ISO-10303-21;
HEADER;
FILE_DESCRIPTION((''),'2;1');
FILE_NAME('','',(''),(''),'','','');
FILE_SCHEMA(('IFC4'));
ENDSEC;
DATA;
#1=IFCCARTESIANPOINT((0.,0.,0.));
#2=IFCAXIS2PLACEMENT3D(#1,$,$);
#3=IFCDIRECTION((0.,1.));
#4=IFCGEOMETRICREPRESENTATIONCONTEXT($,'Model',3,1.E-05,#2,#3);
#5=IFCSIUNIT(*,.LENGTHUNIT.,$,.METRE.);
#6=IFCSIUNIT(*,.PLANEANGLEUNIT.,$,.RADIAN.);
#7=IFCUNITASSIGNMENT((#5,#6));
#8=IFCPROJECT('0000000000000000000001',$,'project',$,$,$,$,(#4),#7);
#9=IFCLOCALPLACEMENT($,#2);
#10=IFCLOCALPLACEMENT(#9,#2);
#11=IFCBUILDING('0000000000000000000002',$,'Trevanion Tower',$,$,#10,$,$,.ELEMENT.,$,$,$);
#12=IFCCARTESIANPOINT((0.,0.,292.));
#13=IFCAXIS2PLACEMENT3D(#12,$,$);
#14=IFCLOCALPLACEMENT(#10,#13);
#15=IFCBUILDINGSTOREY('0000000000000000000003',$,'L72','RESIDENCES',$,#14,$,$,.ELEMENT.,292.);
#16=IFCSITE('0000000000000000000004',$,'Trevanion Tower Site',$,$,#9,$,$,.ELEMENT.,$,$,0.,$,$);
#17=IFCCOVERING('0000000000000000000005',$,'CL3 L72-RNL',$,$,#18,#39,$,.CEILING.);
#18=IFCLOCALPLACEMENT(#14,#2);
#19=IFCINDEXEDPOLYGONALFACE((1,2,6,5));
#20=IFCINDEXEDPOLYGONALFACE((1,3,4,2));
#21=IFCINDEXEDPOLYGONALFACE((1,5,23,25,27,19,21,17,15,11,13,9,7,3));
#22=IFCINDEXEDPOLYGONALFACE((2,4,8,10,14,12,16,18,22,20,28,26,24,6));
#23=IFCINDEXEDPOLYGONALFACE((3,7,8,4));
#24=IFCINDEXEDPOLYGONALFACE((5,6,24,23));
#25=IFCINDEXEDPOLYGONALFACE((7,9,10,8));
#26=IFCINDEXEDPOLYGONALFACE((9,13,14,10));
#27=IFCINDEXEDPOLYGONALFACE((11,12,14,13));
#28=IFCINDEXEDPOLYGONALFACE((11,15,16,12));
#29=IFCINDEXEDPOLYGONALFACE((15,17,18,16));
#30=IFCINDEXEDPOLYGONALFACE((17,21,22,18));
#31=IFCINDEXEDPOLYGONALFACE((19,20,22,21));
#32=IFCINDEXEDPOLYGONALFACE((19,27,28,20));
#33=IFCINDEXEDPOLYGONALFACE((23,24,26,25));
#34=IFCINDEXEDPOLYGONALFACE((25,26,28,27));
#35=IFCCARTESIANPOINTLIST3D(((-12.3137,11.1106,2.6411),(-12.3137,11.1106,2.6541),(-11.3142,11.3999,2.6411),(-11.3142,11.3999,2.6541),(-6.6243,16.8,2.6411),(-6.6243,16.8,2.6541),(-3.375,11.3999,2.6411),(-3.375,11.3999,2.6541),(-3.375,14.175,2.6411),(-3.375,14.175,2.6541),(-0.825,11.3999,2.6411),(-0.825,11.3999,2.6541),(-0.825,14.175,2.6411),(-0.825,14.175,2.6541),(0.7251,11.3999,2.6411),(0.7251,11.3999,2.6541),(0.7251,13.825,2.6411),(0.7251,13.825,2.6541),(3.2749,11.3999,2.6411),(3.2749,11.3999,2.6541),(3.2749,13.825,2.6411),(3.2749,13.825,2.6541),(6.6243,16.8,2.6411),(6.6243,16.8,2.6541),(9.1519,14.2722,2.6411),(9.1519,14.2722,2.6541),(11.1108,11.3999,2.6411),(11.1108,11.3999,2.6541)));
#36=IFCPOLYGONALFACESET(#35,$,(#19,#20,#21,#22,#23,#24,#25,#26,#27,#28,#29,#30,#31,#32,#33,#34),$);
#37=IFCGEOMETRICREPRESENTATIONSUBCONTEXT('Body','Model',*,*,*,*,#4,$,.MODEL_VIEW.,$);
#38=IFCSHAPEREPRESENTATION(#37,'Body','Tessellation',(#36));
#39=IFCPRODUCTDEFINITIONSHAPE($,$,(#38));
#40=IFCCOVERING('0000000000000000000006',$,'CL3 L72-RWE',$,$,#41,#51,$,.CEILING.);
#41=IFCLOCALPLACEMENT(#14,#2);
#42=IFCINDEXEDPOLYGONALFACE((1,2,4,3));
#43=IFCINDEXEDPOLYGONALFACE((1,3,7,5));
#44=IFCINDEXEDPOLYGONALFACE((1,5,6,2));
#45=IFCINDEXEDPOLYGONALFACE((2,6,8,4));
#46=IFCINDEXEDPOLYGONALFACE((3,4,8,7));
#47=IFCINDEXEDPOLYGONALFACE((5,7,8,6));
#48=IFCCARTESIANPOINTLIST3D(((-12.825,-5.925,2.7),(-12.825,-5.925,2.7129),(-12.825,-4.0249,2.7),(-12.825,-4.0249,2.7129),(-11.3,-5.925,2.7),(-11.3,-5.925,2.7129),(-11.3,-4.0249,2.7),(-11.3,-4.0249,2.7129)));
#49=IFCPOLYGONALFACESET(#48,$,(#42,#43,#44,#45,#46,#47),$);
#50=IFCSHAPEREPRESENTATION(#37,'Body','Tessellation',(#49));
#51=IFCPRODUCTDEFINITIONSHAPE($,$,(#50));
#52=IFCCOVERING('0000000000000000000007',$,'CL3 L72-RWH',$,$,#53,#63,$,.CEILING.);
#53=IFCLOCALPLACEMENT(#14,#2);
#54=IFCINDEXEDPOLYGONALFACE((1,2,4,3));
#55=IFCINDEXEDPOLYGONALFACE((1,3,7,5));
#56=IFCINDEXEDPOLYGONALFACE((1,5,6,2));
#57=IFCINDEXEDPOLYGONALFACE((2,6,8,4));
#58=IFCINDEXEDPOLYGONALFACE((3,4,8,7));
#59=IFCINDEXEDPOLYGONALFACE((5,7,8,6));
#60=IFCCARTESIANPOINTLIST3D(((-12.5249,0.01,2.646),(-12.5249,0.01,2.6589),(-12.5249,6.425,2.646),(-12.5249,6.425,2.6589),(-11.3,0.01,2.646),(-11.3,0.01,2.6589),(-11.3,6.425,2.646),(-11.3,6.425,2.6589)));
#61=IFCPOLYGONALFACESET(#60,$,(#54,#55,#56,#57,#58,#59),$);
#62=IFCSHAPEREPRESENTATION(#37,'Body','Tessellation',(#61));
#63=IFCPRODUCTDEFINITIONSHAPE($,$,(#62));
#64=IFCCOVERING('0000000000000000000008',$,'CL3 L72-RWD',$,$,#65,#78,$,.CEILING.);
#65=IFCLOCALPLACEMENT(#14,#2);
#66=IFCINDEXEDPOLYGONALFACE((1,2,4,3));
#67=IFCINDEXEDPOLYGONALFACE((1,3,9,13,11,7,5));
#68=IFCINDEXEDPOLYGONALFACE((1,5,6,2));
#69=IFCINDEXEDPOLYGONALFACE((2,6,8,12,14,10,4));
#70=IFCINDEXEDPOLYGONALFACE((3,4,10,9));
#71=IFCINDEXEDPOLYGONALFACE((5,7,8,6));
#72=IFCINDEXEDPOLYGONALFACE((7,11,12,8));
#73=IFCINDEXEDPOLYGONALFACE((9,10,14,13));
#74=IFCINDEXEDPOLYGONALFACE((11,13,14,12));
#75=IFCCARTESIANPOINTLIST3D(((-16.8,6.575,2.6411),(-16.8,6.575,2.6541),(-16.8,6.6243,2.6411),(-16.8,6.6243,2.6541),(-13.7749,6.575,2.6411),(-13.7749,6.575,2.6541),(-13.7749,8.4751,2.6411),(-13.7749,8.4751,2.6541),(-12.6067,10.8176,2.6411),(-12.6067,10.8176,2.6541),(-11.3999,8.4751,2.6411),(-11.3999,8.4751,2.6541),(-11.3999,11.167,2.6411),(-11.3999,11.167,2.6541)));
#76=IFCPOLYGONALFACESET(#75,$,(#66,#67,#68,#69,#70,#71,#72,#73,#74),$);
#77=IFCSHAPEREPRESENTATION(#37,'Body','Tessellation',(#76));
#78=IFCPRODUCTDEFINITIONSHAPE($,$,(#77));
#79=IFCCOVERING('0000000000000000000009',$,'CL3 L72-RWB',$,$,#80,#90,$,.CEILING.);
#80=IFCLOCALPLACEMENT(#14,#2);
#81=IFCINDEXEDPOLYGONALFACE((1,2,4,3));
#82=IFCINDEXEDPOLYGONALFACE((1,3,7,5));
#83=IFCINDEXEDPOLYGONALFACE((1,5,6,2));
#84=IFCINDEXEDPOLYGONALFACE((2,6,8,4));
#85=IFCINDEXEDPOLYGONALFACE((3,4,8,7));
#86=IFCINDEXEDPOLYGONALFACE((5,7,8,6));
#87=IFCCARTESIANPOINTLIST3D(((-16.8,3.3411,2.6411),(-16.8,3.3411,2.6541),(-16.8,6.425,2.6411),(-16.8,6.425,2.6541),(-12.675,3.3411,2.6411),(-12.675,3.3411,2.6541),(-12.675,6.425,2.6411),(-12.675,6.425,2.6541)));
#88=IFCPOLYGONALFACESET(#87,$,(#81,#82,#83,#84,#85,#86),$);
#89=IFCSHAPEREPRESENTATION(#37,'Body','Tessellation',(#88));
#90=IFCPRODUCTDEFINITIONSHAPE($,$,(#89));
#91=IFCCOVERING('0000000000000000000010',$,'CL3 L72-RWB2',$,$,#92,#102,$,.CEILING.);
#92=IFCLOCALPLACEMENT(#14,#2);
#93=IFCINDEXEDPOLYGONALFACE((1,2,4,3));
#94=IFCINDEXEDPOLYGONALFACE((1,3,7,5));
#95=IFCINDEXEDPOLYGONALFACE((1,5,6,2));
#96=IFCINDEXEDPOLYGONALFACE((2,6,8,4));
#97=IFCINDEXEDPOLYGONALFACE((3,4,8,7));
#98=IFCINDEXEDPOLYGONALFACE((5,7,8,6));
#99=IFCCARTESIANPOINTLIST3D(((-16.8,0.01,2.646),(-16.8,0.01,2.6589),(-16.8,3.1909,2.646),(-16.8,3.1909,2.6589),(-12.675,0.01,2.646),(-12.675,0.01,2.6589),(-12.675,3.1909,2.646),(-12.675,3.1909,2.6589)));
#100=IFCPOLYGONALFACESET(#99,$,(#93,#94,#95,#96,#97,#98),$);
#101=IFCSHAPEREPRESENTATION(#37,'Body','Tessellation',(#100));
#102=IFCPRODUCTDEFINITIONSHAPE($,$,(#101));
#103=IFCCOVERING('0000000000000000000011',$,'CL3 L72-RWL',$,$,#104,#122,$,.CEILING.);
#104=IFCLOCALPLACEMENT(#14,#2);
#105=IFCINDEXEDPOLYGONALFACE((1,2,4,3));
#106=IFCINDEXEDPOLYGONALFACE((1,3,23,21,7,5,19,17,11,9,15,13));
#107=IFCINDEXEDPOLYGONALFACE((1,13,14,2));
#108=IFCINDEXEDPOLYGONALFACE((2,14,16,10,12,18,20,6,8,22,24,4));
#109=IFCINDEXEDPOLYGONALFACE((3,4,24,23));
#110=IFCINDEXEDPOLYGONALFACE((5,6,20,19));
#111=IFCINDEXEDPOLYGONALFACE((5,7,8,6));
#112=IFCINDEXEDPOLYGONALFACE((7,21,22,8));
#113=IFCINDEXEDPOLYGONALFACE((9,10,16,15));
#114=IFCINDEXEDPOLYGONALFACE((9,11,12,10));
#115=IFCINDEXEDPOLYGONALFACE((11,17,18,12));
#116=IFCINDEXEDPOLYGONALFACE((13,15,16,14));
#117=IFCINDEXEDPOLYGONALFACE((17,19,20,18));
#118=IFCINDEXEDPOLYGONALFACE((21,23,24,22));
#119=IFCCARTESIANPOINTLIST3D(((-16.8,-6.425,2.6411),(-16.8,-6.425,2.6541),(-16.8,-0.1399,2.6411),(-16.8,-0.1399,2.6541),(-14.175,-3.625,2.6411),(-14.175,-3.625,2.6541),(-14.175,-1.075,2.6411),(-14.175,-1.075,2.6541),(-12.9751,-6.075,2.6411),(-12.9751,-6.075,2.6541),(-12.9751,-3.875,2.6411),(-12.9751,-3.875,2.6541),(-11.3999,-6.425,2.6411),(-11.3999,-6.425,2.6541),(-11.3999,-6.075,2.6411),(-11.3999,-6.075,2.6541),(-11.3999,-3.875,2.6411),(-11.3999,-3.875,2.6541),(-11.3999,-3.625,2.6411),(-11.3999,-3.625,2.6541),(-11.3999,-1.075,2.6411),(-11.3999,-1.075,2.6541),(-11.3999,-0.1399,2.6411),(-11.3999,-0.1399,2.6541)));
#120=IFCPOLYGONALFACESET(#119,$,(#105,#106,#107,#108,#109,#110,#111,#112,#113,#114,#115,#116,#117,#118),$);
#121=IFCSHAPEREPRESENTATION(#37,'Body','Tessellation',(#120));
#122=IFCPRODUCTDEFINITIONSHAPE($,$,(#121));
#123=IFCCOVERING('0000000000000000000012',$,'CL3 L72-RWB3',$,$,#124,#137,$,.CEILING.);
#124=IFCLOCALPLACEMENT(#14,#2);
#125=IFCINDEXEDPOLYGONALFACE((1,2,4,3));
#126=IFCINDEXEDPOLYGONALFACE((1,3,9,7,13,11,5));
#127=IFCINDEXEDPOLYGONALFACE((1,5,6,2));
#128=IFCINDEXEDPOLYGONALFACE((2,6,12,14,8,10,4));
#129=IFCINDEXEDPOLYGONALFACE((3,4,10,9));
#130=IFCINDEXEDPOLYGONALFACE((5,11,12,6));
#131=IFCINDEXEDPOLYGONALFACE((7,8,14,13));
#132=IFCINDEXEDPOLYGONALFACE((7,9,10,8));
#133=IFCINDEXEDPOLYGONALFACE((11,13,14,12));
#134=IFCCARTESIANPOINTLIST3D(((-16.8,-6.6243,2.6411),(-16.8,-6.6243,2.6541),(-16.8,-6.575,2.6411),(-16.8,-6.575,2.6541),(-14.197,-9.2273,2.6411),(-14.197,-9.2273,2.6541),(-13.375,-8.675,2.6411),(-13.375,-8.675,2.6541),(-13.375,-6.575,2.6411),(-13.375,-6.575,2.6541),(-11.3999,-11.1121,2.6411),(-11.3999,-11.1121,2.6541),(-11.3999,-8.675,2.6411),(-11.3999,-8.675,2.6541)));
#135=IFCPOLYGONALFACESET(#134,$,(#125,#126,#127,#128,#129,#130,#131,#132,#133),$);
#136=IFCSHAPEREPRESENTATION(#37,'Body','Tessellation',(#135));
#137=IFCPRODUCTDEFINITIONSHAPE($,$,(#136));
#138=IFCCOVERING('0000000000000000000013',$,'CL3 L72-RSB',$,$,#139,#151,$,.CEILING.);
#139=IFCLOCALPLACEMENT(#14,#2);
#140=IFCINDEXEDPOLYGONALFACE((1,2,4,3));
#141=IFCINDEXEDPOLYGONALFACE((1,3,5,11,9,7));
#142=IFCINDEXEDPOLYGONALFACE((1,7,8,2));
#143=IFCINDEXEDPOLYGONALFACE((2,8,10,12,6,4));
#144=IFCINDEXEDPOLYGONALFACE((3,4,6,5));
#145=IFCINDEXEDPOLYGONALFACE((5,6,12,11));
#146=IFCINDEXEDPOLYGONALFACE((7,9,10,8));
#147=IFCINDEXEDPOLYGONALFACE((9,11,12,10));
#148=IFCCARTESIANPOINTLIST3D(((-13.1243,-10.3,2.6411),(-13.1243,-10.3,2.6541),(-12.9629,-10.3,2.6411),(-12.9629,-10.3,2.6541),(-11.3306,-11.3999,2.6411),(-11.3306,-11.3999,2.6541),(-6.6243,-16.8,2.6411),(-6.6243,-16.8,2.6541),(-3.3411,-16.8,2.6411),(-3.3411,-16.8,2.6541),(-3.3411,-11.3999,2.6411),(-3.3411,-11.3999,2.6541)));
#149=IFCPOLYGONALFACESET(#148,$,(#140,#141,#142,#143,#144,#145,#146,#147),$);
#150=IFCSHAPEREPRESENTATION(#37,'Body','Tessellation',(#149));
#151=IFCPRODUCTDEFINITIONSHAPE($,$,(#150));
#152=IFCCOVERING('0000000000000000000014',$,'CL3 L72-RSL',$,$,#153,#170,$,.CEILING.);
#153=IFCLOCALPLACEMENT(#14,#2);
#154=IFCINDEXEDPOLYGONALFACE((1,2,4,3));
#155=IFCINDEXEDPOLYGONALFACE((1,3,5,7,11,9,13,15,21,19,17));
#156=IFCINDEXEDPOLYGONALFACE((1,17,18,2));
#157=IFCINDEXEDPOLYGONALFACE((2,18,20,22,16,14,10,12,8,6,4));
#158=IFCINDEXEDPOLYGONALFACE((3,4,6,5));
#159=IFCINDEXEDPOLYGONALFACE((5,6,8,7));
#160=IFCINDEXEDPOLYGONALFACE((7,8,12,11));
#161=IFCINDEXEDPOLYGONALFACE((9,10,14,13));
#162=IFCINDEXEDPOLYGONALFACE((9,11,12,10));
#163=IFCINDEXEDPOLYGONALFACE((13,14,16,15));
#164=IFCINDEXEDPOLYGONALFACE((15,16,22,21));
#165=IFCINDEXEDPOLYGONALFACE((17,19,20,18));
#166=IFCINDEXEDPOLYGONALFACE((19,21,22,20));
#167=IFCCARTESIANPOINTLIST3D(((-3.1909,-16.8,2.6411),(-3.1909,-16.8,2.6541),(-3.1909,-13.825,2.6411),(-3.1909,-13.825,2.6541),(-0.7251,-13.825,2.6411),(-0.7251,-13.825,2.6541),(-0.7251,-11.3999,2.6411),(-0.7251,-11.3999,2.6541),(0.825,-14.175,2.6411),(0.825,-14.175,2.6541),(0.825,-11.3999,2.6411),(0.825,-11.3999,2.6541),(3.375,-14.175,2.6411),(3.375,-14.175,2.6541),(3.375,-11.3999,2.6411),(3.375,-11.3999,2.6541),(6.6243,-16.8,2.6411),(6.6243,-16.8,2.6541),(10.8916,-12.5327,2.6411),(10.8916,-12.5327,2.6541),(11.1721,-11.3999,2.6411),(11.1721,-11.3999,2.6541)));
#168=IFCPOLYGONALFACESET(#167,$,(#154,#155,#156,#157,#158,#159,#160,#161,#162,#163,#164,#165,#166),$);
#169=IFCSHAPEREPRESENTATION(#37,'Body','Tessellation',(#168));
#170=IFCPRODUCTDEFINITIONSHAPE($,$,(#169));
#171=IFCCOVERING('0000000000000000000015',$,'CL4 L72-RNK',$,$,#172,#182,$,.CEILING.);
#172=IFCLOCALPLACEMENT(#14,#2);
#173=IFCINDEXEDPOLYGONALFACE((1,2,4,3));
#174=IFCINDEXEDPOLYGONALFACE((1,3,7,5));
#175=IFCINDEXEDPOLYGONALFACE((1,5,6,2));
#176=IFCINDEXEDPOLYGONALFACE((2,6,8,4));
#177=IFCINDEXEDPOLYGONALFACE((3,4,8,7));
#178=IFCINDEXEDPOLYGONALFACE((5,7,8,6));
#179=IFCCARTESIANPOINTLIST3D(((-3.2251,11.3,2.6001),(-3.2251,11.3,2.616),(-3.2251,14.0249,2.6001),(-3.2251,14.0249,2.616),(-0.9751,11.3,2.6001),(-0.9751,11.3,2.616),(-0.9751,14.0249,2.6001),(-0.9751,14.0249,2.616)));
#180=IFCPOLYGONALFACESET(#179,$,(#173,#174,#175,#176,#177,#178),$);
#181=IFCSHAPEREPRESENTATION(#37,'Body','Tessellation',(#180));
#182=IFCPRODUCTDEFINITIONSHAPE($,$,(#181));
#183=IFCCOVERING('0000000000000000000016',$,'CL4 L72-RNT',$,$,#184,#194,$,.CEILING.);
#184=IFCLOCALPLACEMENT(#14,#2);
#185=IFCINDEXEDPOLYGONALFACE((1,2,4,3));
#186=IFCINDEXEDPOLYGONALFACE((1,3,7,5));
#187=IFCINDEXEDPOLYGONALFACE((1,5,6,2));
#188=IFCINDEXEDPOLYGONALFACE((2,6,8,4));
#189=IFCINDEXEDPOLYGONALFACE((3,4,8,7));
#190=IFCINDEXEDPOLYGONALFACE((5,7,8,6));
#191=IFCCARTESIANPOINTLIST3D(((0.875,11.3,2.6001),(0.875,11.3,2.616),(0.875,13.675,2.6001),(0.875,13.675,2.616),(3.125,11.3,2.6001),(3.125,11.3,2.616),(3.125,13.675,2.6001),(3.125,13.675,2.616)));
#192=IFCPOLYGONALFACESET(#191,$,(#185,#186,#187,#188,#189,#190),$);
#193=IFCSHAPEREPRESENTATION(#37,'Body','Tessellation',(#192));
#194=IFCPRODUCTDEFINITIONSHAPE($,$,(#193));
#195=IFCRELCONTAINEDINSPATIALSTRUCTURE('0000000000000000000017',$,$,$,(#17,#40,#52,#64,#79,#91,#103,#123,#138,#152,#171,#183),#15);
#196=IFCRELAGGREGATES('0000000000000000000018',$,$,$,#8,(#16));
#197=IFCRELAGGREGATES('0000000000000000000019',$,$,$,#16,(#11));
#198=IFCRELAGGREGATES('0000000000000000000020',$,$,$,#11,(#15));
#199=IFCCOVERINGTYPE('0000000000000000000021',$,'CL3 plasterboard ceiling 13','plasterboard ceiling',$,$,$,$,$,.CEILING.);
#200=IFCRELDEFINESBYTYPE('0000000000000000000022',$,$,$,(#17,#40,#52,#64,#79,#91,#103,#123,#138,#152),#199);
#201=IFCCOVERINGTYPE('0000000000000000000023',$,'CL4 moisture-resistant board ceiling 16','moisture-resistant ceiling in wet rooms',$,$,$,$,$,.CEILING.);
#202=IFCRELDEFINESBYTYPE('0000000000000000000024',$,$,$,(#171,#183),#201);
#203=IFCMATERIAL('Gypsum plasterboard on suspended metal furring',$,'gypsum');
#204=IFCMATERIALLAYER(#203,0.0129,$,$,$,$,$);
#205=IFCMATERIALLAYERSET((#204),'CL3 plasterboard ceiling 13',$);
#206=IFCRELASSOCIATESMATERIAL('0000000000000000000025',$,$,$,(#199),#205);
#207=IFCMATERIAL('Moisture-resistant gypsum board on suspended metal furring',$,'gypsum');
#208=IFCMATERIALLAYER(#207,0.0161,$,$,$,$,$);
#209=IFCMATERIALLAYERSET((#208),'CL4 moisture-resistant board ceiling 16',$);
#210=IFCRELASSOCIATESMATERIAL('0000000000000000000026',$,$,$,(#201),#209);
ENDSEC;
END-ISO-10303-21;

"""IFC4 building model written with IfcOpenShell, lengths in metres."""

from ifc_helpers import new_model, si_unit, direction, frame, origin, place, context, subcontext, project, spatial, polyline, outline, extrude, material, layer, layer_set, type_object, element, save


model = new_model("IFC4")

# Units and contexts
model_context = context("Model", 3, precision=1e-05, world=origin(), true_north=direction((0.0, 1.0)))
body_context = subcontext(model_context, "Body", "Model", "MODEL_VIEW")
ifc_project = project(units=[si_unit("LENGTHUNIT", "METRE"), si_unit("PLANEANGLEUNIT", "RADIAN")], contexts=[model_context])

# Site, building, storey
site_placement = place(None, origin())
site = spatial("IfcSite", under=ifc_project, at=site_placement, Name="Trevanion Tower Site", CompositionType="ELEMENT", RefElevation=0.0)
building_placement = place(site_placement, origin())
building = spatial("IfcBuilding", under=site, at=building_placement, Name="Trevanion Tower", CompositionType="ELEMENT")
storey_placement = place(building_placement, frame((0.0, 0.0, 292.0)))
storey = spatial("IfcBuildingStorey", under=building, at=storey_placement, Name="L72", Description="RESIDENCES", CompositionType="ELEMENT", Elevation=292.0)

# Coverings
ifc_material_1 = material(Name="Gypsum plasterboard on suspended metal furring", Category="gypsum")
ifc_layer_1 = layer(ifc_material_1, 0.0129)
ifc_layer_set_1 = layer_set([ifc_layer_1], Name="CL3 plasterboard ceiling 13")
covering_type_1 = type_object("IfcCoveringType", Name="CL3 plasterboard ceiling 13", Description="plasterboard ceiling", PredefinedType="CEILING", material=ifc_layer_set_1)
covering_1_placement = place(storey_placement, frame((0.0, 0.0, 2.6411)))
element("IfcCovering", 1, at=covering_1_placement, inside=storey, type_object=covering_type_1, Name="CL3 L72-RNL", PredefinedType="CEILING", context=body_context, shape_type="SweptSolid", body=[
    extrude(outline(polyline([(9.1519, 14.2722), (11.1108, 11.3999), (3.2749, 11.3999), (3.2749, 13.825), (0.7251, 13.825), (0.7251, 11.3999), (-0.825, 11.3999), (-0.825, 14.175), (-3.375, 14.175), (-3.375, 11.3999), (-11.3142, 11.3999), (-12.3137, 11.1106), (-6.6243, 16.8), (6.6243, 16.8), (9.1519, 14.2722)])), origin(), (0.0, 0.0, 1.0), 0.0129),
])
covering_2_placement = place(storey_placement, frame((0.0, 0.0, 2.7)))
element("IfcCovering", 2, at=covering_2_placement, inside=storey, type_object=covering_type_1, Name="CL3 L72-RWE", PredefinedType="CEILING", context=body_context, shape_type="SweptSolid", body=[
    extrude(outline(polyline([(-12.825, -4.0249), (-12.825, -5.925), (-11.3, -5.925), (-11.3, -4.0249), (-12.825, -4.0249)])), origin(), (0.0, 0.0, 1.0), 0.0129),
])
covering_3_placement = place(storey_placement, frame((0.0, 0.0, 2.646)))
element("IfcCovering", 3, at=covering_3_placement, inside=storey, type_object=covering_type_1, Name="CL3 L72-RWH", PredefinedType="CEILING", context=body_context, shape_type="SweptSolid", body=[
    extrude(outline(polyline([(-12.5249, 6.425), (-12.5249, 0.01), (-11.3, 0.01), (-11.3, 6.425), (-12.5249, 6.425)])), origin(), (0.0, 0.0, 1.0), 0.0129),
])
covering_4_placement = place(storey_placement, frame((0.0, 0.0, 2.6411)))
element("IfcCovering", 4, at=covering_4_placement, inside=storey, type_object=covering_type_1, Name="CL3 L72-RWD", PredefinedType="CEILING", context=body_context, shape_type="SweptSolid", body=[
    extrude(outline(polyline([(-12.6067, 10.8176), (-11.3999, 11.167), (-11.3999, 8.4751), (-13.7749, 8.4751), (-13.7749, 6.575), (-16.8, 6.575), (-16.8, 6.6243), (-12.6067, 10.8176)])), origin(), (0.0, 0.0, 1.0), 0.0129),
])
covering_5_placement = place(storey_placement, frame((0.0, 0.0, 2.6411)))
element("IfcCovering", 5, at=covering_5_placement, inside=storey, type_object=covering_type_1, Name="CL3 L72-RWB", PredefinedType="CEILING", context=body_context, shape_type="SweptSolid", body=[
    extrude(outline(polyline([(-12.675, 6.425), (-12.675, 3.3411), (-16.8, 3.3411), (-16.8, 6.425), (-12.675, 6.425)])), origin(), (0.0, 0.0, 1.0), 0.0129),
])
covering_6_placement = place(storey_placement, frame((0.0, 0.0, 2.646)))
element("IfcCovering", 6, at=covering_6_placement, inside=storey, type_object=covering_type_1, Name="CL3 L72-RWB2", PredefinedType="CEILING", context=body_context, shape_type="SweptSolid", body=[
    extrude(outline(polyline([(-12.675, 3.1909), (-12.675, 0.01), (-16.8, 0.01), (-16.8, 3.1909), (-12.675, 3.1909)])), origin(), (0.0, 0.0, 1.0), 0.0129),
])
covering_7_placement = place(storey_placement, frame((0.0, 0.0, 2.6411)))
element("IfcCovering", 7, at=covering_7_placement, inside=storey, type_object=covering_type_1, Name="CL3 L72-RWL", PredefinedType="CEILING", context=body_context, shape_type="SweptSolid", body=[
    extrude(outline(polyline([(-11.3999, -0.1399), (-11.3999, -1.075), (-14.175, -1.075), (-14.175, -3.625), (-11.3999, -3.625), (-11.3999, -3.875), (-12.9751, -3.875), (-12.9751, -6.075), (-11.3999, -6.075), (-11.3999, -6.425), (-16.8, -6.425), (-16.8, -0.1399), (-11.3999, -0.1399)])), origin(), (0.0, 0.0, 1.0), 0.0129),
])
covering_8_placement = place(storey_placement, frame((0.0, 0.0, 2.6411)))
element("IfcCovering", 8, at=covering_8_placement, inside=storey, type_object=covering_type_1, Name="CL3 L72-RWB3", PredefinedType="CEILING", context=body_context, shape_type="SweptSolid", body=[
    extrude(outline(polyline([(-13.375, -6.575), (-13.375, -8.675), (-11.3999, -8.675), (-11.3999, -11.1121), (-14.197, -9.2273), (-16.8, -6.6243), (-16.8, -6.575), (-13.375, -6.575)])), origin(), (0.0, 0.0, 1.0), 0.0129),
])
covering_9_placement = place(storey_placement, frame((0.0, 0.0, 2.6411)))
element("IfcCovering", 9, at=covering_9_placement, inside=storey, type_object=covering_type_1, Name="CL3 L72-RSB", PredefinedType="CEILING", context=body_context, shape_type="SweptSolid", body=[
    extrude(outline(polyline([(-12.9629, -10.3), (-11.3306, -11.3999), (-3.3411, -11.3999), (-3.3411, -16.8), (-6.6243, -16.8), (-13.1243, -10.3), (-12.9629, -10.3)])), origin(), (0.0, 0.0, 1.0), 0.0129),
])
covering_10_placement = place(storey_placement, frame((0.0, 0.0, 2.6411)))
element("IfcCovering", 10, at=covering_10_placement, inside=storey, type_object=covering_type_1, Name="CL3 L72-RSL", PredefinedType="CEILING", context=body_context, shape_type="SweptSolid", body=[
    extrude(outline(polyline([(10.8916, -12.5327), (6.6243, -16.8), (-3.1909, -16.8), (-3.1909, -13.825), (-0.7251, -13.825), (-0.7251, -11.3999), (0.825, -11.3999), (0.825, -14.175), (3.375, -14.175), (3.375, -11.3999), (11.1721, -11.3999), (10.8916, -12.5327)])), origin(), (0.0, 0.0, 1.0), 0.0129),
])
ifc_material_2 = material(Name="Moisture-resistant gypsum board on suspended metal furring", Category="gypsum")
ifc_layer_2 = layer(ifc_material_2, 0.0161)
ifc_layer_set_2 = layer_set([ifc_layer_2], Name="CL4 moisture-resistant board ceiling 16")
covering_type_2 = type_object("IfcCoveringType", Name="CL4 moisture-resistant board ceiling 16", Description="moisture-resistant ceiling in wet rooms", PredefinedType="CEILING", material=ifc_layer_set_2)
covering_11_placement = place(storey_placement, frame((0.0, 0.0, 2.6001)))
element("IfcCovering", 11, at=covering_11_placement, inside=storey, type_object=covering_type_2, Name="CL4 L72-RNK", PredefinedType="CEILING", context=body_context, shape_type="SweptSolid", body=[
    extrude(outline(polyline([(-0.9751, 14.0249), (-3.2251, 14.0249), (-3.2251, 11.3), (-0.9751, 11.3), (-0.9751, 14.0249)])), origin(), (0.0, 0.0, 1.0), 0.0159),
])
covering_12_placement = place(storey_placement, frame((0.0, 0.0, 2.6001)))
element("IfcCovering", 12, at=covering_12_placement, inside=storey, type_object=covering_type_2, Name="CL4 L72-RNT", PredefinedType="CEILING", context=body_context, shape_type="SweptSolid", body=[
    extrude(outline(polyline([(3.125, 13.675), (0.875, 13.675), (0.875, 11.3), (3.125, 11.3), (3.125, 13.675)])), origin(), (0.0, 0.0, 1.0), 0.0159),
])

save(model, "model.ifc")
